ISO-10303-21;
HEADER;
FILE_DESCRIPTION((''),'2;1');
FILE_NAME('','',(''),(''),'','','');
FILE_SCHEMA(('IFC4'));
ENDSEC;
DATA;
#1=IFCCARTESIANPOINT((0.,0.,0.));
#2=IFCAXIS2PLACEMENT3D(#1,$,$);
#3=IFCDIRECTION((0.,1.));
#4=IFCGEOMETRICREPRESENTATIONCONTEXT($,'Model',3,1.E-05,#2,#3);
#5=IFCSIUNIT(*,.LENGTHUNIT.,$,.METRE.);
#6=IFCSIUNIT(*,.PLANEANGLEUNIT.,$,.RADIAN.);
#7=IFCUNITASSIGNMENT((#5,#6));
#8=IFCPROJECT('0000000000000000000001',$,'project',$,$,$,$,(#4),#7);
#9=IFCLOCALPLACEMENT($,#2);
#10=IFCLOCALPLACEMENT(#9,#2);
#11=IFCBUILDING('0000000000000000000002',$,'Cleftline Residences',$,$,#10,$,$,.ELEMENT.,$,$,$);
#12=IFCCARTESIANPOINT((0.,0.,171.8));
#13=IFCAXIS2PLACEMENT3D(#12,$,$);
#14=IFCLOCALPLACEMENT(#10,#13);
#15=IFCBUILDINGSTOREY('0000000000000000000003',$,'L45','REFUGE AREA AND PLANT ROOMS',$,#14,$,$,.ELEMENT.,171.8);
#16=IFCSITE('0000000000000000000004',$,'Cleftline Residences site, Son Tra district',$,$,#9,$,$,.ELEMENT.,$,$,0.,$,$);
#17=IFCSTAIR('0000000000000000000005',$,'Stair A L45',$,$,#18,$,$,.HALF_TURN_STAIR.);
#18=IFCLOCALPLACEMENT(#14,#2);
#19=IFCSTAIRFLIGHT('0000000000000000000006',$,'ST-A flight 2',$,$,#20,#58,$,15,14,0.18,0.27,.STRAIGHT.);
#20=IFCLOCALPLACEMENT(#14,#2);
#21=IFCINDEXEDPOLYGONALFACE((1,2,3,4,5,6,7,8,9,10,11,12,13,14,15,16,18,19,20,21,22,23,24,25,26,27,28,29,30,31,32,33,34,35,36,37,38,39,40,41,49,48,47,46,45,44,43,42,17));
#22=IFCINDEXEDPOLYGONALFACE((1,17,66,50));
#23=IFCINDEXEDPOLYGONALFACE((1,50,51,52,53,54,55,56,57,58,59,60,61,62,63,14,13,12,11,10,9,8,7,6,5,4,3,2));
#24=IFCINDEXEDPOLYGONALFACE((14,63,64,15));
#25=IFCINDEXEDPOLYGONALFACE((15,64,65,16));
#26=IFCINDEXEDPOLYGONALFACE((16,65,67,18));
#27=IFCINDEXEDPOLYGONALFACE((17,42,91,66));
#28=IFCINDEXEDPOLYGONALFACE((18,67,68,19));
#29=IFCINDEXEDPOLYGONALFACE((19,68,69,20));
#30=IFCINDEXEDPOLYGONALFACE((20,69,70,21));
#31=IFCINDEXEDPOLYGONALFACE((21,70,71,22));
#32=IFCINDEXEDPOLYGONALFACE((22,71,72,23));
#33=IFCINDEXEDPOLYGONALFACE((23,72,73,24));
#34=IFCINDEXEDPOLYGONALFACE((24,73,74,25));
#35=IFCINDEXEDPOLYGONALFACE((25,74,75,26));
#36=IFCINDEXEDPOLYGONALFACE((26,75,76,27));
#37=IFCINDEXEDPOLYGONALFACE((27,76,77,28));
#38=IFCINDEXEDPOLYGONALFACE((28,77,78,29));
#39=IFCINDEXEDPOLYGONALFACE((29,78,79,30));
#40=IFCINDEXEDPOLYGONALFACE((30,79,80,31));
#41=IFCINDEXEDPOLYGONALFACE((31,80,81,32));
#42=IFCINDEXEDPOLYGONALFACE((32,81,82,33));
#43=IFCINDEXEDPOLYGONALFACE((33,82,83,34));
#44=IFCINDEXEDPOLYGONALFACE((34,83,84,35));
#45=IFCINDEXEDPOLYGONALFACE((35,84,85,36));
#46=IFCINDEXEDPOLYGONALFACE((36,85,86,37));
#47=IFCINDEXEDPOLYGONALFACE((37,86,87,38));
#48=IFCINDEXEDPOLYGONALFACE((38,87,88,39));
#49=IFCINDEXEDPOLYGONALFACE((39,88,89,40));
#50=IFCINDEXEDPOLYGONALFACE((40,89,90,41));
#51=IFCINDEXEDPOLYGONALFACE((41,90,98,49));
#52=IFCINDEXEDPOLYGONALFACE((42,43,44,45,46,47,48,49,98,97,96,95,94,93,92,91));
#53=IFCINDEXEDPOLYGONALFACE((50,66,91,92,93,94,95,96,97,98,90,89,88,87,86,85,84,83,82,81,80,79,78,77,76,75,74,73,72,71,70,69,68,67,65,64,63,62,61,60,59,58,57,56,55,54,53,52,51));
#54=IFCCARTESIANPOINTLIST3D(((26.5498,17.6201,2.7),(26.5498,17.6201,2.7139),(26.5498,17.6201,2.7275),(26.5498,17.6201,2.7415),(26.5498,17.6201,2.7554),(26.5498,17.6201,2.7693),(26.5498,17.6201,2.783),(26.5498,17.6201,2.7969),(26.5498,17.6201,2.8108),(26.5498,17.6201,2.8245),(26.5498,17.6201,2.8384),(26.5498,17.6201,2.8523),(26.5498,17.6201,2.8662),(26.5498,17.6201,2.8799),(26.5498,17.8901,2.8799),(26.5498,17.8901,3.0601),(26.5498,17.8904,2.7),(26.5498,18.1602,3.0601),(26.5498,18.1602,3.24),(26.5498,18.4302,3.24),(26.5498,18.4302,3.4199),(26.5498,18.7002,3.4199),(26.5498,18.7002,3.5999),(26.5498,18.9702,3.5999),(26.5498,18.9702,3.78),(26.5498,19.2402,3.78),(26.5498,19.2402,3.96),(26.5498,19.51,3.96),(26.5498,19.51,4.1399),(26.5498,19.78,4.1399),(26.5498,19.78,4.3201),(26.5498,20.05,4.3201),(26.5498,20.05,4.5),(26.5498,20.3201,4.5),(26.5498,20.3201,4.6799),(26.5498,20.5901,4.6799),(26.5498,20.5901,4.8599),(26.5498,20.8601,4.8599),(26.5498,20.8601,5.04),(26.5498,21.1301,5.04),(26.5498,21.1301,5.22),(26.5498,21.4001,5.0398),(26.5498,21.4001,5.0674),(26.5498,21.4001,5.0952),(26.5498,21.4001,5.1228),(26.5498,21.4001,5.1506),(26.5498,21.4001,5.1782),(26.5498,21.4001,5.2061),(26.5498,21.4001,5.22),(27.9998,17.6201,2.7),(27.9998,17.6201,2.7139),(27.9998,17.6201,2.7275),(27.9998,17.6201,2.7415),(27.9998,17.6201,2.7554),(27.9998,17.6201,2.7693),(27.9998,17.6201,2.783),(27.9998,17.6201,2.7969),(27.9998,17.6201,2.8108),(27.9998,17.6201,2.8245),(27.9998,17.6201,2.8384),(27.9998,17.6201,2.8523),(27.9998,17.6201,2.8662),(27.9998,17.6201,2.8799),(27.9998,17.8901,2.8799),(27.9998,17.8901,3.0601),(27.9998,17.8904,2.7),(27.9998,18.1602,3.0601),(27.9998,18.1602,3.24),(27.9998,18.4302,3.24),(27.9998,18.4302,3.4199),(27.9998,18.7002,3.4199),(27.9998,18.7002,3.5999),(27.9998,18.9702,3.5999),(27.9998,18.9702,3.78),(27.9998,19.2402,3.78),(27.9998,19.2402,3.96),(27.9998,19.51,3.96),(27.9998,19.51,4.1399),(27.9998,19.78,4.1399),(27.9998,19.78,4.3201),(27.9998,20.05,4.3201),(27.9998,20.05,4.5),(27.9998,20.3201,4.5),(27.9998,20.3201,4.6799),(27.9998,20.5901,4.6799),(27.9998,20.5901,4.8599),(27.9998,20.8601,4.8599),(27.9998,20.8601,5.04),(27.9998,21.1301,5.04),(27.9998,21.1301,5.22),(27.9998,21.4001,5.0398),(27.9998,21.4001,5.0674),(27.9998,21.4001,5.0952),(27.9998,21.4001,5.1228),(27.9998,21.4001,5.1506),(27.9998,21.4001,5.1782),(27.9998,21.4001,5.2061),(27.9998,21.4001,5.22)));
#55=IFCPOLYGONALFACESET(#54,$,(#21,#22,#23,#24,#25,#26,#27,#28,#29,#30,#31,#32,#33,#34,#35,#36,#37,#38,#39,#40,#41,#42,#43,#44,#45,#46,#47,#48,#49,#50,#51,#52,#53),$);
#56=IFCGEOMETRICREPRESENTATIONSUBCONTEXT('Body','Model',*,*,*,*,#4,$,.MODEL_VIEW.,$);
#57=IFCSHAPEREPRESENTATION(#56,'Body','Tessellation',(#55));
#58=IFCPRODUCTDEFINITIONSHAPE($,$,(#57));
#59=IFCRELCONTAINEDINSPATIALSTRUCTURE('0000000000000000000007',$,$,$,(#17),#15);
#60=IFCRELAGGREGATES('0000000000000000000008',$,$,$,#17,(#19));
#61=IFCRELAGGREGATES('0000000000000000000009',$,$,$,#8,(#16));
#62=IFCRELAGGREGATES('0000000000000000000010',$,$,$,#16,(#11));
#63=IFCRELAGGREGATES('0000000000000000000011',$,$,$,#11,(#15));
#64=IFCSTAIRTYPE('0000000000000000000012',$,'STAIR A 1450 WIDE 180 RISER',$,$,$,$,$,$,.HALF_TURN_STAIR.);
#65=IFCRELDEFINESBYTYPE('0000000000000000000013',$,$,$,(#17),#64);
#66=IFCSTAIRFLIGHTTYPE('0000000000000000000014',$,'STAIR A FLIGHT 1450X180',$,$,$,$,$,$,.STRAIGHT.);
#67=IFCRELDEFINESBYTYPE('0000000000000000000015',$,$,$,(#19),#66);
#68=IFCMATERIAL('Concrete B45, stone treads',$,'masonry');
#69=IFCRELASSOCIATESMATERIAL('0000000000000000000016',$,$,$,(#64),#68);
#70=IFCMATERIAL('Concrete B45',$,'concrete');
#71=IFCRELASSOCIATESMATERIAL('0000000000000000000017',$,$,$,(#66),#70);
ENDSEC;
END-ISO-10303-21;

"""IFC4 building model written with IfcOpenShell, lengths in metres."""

from ifc_helpers import new_model, si_unit, direction, frame, origin, place, context, subcontext, project, spatial, polyline, outline, extrude, material, type_object, element, aggregate, save


model = new_model("IFC4")

# Units and contexts
model_context = context("Model", 3, precision=1e-05, world=origin(), true_north=direction((0.0, 1.0)))
body_context = subcontext(model_context, "Body", "Model", "MODEL_VIEW")
ifc_project = project(units=[si_unit("LENGTHUNIT", "METRE"), si_unit("PLANEANGLEUNIT", "RADIAN")], contexts=[model_context])

# Site, building, storey
site_placement = place(None, origin())
site = spatial("IfcSite", under=ifc_project, at=site_placement, Name="Cleftline Residences site, Son Tra district", CompositionType="ELEMENT", RefElevation=0.0)
building_placement = place(site_placement, origin())
building = spatial("IfcBuilding", under=site, at=building_placement, Name="Cleftline Residences", CompositionType="ELEMENT")
storey_placement = place(building_placement, frame((0.0, 0.0, 171.8)))
storey = spatial("IfcBuildingStorey", under=building, at=storey_placement, Name="L45", Description="REFUGE AREA AND PLANT ROOMS", CompositionType="ELEMENT", Elevation=171.8)

# Stair, stair flight
ifc_material_1 = material(Name="Concrete B45, stone treads", Category="masonry")
stair_type = type_object("IfcStairType", Name="STAIR A 1450 WIDE 180 RISER", PredefinedType="HALF_TURN_STAIR", material=ifc_material_1)
stair_placement = place(storey_placement, origin())
stair = element("IfcStair", 1, at=stair_placement, inside=storey, type_object=stair_type, Name="Stair A L45", PredefinedType="HALF_TURN_STAIR")
ifc_material_2 = material(Name="Concrete B45", Category="concrete")
stair_flight_type = type_object("IfcStairFlightType", Name="STAIR A FLIGHT 1450X180", PredefinedType="STRAIGHT", material=ifc_material_2)
stair_flight_1_placement = place(storey_placement, frame((27.2749, 17.6201, 2.7), z_axis=(0.0, 0.0, 1.0), x_axis=(0.0, 1.0, 0.0)))
stair_flight_1 = element("IfcStairFlight", 2, at=stair_flight_1_placement, type_object=stair_flight_type, Name="ST-A flight 2", NumberOfRisers=15, NumberOfTreads=14, PredefinedType="STRAIGHT", RiserHeight=0.18, TreadLength=0.27, context=body_context, shape_type="SweptSolid", body=[
    extrude(outline(polyline([(0.0, 0.0), (0.0, 0.0139), (0.0, 0.0276), (0.0, 0.0415), (0.0, 0.0554), (0.0, 0.0693), (0.0, 0.083), (0.0, 0.0969), (0.0, 0.1108), (0.0, 0.1245), (0.0, 0.1384), (0.0, 0.1523), (0.0, 0.1663), (0.0, 0.1799), (0.27, 0.1799), (0.27, 0.3601), (0.54, 0.3601), (0.54, 0.54), (0.8101, 0.54), (0.8101, 0.72), (1.0801, 0.72), (1.0801, 0.8999), (1.3501, 0.8999), (1.3501, 1.0801), (1.6201, 1.0801), (1.6201, 1.26), (1.8899, 1.26), (1.8899, 1.4399), (2.1599, 1.4399), (2.1599, 1.6201), (2.4299, 1.6201), (2.4299, 1.8), (2.7, 1.8), (2.7, 1.98), (2.97, 1.98), (2.97, 2.1599), (3.24, 2.1599), (3.24, 2.3401), (3.51, 2.3401), (3.51, 2.52), (3.78, 2.52), (3.78, 2.7), (3.78, 2.6724), (3.78, 2.6445), (3.78, 2.6169), (3.78, 2.5891), (3.78, 2.5615), (3.78, 2.5337), (3.78, 2.5061), (3.78, 2.4783), (3.78, 2.4507), (3.78, 2.4229), (3.78, 2.3953), (3.78, 2.3674), (3.78, 2.3398), (0.2703, 0.0), (0.0, 0.0)])), frame((0.0, 0.7251, 0.0), z_axis=(0.0, -1.0, 0.0), x_axis=(1.0, 0.0, 0.0)), (0.0, 0.0, 1.0), 1.45),
])
aggregate(stair, [stair_flight_1])

save(model, "model.ifc")
